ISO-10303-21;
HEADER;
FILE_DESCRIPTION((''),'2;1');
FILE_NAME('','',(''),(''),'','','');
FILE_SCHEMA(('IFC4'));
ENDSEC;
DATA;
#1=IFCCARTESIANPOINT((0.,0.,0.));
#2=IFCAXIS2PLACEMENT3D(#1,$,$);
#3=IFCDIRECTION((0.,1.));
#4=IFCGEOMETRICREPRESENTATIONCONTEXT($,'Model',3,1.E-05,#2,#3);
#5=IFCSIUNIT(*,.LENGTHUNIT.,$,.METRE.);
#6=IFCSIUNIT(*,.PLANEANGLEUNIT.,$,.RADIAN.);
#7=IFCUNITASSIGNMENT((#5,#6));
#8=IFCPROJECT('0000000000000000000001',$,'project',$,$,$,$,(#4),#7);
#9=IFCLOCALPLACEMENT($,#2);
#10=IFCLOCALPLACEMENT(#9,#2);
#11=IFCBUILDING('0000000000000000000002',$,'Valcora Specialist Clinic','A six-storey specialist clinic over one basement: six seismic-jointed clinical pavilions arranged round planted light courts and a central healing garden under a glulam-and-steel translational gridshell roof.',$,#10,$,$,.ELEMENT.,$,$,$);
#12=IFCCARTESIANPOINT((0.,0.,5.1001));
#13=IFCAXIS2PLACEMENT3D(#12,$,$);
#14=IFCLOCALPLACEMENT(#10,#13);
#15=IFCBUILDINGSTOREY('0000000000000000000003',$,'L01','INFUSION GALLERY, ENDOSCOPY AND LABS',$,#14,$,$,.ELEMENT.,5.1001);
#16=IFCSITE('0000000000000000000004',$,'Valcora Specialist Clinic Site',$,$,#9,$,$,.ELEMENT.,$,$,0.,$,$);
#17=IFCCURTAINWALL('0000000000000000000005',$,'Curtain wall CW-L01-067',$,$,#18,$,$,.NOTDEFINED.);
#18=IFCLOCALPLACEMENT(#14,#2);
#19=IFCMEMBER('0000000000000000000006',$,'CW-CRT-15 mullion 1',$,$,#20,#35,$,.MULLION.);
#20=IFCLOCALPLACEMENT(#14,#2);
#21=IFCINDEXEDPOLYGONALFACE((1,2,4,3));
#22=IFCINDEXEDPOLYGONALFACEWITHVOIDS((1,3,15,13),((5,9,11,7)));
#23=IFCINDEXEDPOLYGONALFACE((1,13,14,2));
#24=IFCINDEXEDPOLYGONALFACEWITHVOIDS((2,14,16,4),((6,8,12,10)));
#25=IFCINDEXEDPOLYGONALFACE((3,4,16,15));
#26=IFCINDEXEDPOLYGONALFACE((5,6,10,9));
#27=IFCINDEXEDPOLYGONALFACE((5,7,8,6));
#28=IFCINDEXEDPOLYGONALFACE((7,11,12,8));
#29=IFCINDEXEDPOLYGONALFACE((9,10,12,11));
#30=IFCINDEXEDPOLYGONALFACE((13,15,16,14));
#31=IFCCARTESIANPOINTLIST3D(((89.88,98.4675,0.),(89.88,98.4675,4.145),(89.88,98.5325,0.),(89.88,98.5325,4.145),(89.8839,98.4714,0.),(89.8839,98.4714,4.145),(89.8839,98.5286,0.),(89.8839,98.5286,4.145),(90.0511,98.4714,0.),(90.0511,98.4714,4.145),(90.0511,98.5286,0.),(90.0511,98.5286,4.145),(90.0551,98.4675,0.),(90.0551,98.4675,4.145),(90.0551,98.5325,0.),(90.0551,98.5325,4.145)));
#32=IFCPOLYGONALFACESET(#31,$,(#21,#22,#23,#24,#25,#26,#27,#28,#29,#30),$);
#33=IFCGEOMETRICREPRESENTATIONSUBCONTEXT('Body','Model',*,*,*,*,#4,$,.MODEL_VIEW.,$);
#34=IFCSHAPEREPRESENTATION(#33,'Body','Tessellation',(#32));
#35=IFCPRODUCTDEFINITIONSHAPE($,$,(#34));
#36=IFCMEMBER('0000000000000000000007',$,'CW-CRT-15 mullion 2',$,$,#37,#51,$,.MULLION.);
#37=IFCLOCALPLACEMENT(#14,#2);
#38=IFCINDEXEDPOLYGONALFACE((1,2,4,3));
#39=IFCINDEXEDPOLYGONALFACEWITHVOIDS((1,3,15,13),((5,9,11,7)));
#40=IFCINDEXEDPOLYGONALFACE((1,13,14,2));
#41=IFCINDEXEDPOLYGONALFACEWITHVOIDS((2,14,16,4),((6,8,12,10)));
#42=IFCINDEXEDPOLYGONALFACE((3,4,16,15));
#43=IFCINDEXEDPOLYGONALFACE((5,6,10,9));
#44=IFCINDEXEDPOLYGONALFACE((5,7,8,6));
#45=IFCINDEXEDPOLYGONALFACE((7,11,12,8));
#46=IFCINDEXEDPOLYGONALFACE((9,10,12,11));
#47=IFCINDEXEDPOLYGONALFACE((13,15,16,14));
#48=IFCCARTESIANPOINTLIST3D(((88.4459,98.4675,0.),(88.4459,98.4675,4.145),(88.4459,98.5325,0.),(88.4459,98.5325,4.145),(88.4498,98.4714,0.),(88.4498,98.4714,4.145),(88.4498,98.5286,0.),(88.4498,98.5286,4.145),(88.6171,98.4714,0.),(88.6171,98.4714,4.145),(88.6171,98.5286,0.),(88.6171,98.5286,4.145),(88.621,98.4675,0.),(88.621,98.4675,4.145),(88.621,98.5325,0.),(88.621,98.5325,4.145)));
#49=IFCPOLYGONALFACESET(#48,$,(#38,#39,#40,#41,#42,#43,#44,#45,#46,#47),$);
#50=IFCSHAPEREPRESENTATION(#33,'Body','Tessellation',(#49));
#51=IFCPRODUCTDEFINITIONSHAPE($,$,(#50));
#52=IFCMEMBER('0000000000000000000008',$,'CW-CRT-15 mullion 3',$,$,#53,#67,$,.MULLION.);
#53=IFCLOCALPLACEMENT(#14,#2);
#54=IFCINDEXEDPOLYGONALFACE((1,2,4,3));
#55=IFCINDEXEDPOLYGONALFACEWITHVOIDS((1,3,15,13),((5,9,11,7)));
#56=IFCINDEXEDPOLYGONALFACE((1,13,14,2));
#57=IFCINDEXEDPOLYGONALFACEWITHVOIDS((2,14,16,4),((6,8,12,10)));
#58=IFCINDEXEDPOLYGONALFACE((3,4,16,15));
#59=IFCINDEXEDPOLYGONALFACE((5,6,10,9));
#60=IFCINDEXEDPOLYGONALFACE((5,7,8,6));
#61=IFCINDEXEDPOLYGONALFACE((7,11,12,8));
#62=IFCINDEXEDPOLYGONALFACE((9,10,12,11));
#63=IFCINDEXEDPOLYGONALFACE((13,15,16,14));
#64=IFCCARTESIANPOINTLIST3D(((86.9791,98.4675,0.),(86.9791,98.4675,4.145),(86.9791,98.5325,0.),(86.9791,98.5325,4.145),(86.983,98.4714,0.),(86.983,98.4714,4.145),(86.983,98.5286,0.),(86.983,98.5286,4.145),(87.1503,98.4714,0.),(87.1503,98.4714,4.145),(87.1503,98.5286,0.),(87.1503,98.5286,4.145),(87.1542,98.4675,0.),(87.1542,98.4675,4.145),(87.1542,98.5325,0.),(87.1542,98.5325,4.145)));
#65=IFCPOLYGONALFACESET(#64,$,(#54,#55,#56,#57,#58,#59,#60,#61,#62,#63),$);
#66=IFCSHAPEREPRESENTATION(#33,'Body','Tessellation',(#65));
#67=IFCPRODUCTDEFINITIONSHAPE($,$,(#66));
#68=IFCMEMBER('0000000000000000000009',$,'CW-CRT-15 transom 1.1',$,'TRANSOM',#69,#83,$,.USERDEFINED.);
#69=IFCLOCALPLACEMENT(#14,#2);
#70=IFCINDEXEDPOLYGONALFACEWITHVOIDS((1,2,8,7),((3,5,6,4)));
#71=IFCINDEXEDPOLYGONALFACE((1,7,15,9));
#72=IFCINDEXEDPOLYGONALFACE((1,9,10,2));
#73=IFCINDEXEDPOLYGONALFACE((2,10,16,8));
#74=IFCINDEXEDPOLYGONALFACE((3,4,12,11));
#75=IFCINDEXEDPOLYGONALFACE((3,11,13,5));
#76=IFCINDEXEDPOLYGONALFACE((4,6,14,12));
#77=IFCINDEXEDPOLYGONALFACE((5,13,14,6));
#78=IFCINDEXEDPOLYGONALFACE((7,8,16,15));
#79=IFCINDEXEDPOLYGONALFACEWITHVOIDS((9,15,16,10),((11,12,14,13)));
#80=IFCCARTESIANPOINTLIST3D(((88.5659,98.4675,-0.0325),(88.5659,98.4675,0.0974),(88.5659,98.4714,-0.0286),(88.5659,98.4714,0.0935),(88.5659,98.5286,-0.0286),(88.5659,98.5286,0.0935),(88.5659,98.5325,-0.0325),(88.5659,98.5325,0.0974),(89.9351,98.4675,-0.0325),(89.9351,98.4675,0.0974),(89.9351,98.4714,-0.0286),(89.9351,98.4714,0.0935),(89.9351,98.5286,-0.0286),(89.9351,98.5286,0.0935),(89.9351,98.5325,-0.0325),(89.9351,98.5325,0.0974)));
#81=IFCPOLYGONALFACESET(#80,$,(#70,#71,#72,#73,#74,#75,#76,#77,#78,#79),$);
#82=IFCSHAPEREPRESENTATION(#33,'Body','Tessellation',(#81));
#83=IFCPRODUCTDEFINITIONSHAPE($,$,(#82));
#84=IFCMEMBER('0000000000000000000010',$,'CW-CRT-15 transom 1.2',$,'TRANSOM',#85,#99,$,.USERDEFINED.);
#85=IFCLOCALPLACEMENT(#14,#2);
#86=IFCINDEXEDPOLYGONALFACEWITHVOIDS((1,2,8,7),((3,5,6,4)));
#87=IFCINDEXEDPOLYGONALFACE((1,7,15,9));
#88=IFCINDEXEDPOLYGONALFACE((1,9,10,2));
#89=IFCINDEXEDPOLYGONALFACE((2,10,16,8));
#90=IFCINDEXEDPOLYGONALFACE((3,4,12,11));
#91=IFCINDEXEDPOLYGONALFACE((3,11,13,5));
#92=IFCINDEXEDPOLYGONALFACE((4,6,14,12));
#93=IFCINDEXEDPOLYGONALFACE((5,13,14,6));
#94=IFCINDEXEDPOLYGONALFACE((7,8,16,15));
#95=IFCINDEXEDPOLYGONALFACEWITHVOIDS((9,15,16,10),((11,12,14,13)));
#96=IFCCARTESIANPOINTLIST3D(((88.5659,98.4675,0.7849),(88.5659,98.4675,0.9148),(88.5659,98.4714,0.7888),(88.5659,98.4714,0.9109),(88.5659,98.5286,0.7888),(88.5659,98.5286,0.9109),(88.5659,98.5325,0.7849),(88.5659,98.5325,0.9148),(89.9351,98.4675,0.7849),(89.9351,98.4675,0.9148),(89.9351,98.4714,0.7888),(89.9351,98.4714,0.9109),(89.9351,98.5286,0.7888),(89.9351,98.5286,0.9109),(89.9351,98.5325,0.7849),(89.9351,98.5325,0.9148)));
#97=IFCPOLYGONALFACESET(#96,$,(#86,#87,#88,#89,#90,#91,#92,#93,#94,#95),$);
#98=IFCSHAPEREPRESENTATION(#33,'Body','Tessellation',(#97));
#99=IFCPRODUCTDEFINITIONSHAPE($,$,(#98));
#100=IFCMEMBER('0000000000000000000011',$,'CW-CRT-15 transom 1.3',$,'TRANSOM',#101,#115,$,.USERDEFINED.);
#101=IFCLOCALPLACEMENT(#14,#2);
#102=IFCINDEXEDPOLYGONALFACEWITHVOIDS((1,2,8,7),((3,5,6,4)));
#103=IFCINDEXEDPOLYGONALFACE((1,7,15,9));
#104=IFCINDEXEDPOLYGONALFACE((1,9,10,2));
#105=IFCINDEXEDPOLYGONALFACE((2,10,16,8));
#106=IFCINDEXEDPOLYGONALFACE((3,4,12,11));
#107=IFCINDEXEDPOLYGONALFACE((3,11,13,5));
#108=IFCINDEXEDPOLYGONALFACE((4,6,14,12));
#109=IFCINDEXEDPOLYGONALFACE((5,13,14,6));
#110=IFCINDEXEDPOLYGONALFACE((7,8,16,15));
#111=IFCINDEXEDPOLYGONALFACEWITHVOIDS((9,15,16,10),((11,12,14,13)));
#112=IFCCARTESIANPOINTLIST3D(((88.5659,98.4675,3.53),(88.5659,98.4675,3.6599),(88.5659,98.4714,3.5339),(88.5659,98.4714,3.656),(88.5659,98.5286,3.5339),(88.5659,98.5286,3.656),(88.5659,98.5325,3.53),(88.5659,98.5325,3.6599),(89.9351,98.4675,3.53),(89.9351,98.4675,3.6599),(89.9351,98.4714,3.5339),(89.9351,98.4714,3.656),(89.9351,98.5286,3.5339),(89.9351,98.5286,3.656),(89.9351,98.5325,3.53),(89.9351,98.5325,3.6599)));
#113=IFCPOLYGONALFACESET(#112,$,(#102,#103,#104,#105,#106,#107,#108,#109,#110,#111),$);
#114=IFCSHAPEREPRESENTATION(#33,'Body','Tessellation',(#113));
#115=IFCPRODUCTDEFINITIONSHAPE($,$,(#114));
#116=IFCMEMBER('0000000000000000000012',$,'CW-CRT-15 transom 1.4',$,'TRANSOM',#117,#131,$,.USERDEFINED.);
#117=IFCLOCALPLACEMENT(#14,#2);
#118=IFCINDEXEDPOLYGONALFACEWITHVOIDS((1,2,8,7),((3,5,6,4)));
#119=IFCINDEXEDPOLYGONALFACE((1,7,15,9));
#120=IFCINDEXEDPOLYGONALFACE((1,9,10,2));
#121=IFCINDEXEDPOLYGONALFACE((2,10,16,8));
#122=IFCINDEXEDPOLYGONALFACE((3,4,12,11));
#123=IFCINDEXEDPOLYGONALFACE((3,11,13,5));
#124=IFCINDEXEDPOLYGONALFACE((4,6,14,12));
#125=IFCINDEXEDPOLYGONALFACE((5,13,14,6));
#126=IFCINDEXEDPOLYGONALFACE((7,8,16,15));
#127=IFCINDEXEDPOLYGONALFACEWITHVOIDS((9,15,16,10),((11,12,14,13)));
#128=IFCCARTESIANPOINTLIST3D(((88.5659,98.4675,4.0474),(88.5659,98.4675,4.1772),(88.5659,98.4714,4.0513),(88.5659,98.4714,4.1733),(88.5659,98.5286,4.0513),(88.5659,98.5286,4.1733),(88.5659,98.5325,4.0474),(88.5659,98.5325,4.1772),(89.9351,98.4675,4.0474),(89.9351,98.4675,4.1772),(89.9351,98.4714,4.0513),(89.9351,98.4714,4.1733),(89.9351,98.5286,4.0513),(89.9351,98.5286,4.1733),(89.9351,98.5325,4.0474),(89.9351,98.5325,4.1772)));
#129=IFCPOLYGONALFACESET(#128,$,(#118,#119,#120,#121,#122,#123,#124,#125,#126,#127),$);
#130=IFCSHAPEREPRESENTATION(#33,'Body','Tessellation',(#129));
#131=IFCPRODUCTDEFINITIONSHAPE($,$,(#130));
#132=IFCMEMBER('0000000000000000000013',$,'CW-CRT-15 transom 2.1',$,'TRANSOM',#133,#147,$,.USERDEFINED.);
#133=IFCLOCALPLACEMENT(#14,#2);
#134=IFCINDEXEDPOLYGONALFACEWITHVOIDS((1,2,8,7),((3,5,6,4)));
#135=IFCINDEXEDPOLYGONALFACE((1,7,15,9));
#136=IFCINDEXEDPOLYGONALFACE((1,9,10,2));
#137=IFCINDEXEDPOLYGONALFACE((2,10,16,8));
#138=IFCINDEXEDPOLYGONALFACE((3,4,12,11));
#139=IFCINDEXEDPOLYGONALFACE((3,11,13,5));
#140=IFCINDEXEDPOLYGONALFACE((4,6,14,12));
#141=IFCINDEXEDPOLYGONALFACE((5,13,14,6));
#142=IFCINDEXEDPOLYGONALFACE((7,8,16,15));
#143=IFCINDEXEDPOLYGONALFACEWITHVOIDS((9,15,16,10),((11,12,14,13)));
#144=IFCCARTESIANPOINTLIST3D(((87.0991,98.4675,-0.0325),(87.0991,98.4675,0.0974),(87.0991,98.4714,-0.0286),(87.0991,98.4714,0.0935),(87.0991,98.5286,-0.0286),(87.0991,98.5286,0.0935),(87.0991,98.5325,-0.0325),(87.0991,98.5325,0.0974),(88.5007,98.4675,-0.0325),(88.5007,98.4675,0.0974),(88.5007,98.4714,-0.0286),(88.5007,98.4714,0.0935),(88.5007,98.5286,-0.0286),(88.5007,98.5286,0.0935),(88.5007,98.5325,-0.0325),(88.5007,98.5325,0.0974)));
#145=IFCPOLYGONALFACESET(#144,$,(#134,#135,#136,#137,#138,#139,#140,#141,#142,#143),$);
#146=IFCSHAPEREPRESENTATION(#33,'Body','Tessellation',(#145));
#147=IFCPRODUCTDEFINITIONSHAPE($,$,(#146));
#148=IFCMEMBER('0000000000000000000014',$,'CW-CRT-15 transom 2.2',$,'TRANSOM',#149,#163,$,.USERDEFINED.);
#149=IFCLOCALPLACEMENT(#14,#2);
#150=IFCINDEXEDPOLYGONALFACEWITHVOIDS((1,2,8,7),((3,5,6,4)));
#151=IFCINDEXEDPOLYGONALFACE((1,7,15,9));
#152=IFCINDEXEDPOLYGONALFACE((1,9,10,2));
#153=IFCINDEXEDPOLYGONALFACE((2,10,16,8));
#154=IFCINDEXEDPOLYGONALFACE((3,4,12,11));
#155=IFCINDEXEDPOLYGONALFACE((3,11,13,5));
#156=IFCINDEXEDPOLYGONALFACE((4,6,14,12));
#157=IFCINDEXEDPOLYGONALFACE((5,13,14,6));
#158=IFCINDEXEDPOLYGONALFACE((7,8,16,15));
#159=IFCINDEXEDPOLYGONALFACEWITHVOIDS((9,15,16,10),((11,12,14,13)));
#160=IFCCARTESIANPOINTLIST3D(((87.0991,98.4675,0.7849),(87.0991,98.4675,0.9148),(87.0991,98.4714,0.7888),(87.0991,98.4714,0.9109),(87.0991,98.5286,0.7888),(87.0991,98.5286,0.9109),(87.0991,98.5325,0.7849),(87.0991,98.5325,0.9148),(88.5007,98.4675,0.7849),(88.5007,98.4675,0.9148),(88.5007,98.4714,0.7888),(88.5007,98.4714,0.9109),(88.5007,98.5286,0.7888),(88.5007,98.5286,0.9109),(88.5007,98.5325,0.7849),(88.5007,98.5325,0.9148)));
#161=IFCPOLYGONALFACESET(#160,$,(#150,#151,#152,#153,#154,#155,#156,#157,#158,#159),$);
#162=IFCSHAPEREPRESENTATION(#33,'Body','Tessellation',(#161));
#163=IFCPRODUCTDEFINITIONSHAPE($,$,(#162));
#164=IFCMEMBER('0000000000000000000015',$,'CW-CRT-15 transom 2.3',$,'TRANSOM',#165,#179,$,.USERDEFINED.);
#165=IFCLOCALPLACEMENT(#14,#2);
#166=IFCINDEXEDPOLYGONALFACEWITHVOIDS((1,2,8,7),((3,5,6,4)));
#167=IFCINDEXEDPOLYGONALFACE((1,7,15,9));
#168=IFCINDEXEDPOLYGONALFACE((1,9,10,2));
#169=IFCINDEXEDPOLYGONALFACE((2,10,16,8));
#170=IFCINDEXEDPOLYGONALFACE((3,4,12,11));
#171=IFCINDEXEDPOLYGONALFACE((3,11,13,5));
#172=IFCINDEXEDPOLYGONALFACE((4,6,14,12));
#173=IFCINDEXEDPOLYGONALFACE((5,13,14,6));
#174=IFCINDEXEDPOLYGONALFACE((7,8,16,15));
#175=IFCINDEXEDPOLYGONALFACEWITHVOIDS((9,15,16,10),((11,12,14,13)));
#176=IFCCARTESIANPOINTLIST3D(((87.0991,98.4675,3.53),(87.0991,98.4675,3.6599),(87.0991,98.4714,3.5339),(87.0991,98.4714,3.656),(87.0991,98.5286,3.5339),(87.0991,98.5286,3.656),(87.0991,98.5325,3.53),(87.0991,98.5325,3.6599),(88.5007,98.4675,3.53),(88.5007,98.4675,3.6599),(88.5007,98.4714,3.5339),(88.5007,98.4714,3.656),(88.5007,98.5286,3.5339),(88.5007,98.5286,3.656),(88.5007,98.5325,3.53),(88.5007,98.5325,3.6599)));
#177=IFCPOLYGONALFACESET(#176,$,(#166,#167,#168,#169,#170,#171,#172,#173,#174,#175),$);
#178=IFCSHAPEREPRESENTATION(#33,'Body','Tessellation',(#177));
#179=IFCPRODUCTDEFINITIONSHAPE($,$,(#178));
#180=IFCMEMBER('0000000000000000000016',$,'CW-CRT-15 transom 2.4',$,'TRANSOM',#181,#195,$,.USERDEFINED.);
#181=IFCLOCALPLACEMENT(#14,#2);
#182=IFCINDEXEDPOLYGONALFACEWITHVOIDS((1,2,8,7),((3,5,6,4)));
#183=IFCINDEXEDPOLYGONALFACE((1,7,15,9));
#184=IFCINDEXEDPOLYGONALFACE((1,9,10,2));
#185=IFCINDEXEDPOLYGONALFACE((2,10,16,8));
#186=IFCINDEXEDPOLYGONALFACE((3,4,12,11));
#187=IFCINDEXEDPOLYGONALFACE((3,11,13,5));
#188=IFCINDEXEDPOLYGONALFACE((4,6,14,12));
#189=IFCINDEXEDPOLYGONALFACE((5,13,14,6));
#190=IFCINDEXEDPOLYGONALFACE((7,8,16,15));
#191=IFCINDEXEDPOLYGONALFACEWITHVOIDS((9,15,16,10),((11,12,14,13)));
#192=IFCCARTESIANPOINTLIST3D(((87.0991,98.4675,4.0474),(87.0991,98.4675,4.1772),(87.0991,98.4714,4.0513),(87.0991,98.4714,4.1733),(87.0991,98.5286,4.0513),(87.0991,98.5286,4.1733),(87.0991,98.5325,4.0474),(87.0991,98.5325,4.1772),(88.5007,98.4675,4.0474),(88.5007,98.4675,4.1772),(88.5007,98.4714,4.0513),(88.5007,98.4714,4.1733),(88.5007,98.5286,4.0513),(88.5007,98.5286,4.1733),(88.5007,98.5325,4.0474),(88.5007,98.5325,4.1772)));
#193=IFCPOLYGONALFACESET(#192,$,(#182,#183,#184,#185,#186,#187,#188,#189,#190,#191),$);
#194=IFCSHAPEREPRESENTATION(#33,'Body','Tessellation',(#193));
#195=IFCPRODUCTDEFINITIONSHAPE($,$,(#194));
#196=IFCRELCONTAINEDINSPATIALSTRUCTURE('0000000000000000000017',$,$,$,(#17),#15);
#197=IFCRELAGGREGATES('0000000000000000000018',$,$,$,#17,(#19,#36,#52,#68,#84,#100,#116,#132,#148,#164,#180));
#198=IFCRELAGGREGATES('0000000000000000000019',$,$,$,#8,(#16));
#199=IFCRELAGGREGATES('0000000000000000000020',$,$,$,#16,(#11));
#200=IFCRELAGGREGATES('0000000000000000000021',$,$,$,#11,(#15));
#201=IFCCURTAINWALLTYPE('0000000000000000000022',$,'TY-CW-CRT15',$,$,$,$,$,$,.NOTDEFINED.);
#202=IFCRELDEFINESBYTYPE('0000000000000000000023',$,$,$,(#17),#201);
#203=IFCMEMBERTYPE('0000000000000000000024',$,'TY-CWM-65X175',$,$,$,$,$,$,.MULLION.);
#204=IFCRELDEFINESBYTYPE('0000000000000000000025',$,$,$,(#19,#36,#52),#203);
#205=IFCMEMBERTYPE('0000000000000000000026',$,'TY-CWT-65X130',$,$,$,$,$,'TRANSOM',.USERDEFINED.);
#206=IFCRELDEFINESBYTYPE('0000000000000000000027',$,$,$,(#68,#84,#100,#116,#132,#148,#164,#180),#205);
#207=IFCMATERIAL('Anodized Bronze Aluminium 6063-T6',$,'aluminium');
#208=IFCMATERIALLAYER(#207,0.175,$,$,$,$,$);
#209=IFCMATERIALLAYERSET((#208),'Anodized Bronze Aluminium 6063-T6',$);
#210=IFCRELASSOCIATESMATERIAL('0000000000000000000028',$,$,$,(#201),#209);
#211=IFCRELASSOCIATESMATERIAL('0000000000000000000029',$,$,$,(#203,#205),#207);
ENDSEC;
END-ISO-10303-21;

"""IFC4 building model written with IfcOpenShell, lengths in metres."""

from ifc_helpers import new_model, si_unit, direction, frame, origin, origin_2d, place, context, subcontext, project, spatial, hollow_rectangle, extrude, material, layer, layer_set, material_profile, profile_set, type_object, element, aggregate, save


model = new_model("IFC4")

# Units and contexts
model_context = context("Model", 3, precision=1e-05, world=origin(), true_north=direction((0.0, 1.0)))
body_context = subcontext(model_context, "Body", "Model", "MODEL_VIEW")
ifc_project = project(units=[si_unit("LENGTHUNIT", "METRE"), si_unit("PLANEANGLEUNIT", "RADIAN")], contexts=[model_context])

# Site, building, storey
site_placement = place(None, origin())
site = spatial("IfcSite", under=ifc_project, at=site_placement, Name="Valcora Specialist Clinic Site", CompositionType="ELEMENT", RefElevation=0.0)
building_placement = place(site_placement, origin())
building = spatial("IfcBuilding", under=site, at=building_placement, Name="Valcora Specialist Clinic", Description="A six-storey specialist clinic over one basement: six seismic-jointed clinical pavilions arranged round planted light courts and a central healing garden under a glulam-and-steel translational gridshell roof.", CompositionType="ELEMENT")
storey_placement = place(building_placement, frame((0.0, 0.0, 5.1001)))
storey = spatial("IfcBuildingStorey", under=building, at=storey_placement, Name="L01", Description="INFUSION GALLERY, ENDOSCOPY AND LABS", CompositionType="ELEMENT", Elevation=5.1001)

# Curtain wall, members
ifc_material_1 = material(Name="Anodized Bronze Aluminium 6063-T6", Category="aluminium")
ifc_layer_1 = layer(ifc_material_1, 0.175)
ifc_layer_set_1 = layer_set([ifc_layer_1], Name="Anodized Bronze Aluminium 6063-T6")
curtain_wall_type = type_object("IfcCurtainWallType", Name="TY-CW-CRT15", PredefinedType="NOTDEFINED", material=ifc_layer_set_1)
curtain_wall_placement = place(storey_placement, origin())
curtain_wall = element("IfcCurtainWall", 1, at=curtain_wall_placement, inside=storey, type_object=curtain_wall_type, Name="Curtain wall CW-L01-067", PredefinedType="NOTDEFINED")
ifc_material_profile_1 = material_profile(ifc_material_1, hollow_rectangle(XDim=0.0649, YDim=0.175, WallThickness=0.0039, at=origin_2d()), Name="AL-MUL-65X175")
ifc_profile_set_1 = profile_set([ifc_material_profile_1], Name="Anodized Bronze Aluminium 6063-T6")
member_type_1 = type_object("IfcMemberType", Name="TY-CWM-65X175", PredefinedType="MULLION", material=ifc_profile_set_1)
member_1_placement = place(storey_placement, frame((89.9675, 98.5, 0.0), z_axis=(0.0, 0.0, 1.0), x_axis=(0.0, -1.0, 0.0)))
member_1 = element("IfcMember", 2, at=member_1_placement, type_object=member_type_1, Name="CW-CRT-15 mullion 1", PredefinedType="MULLION", context=body_context, shape_type="SweptSolid", body=[
    extrude(hollow_rectangle(XDim=0.0649, YDim=0.175, WallThickness=0.0039, at=origin_2d()), origin(), (0.0, 0.0, 1.0), 4.145),
])
member_2_placement = place(storey_placement, frame((88.5334, 98.5, 0.0), z_axis=(0.0, 0.0, 1.0), x_axis=(0.0, -1.0, 0.0)))
member_2 = element("IfcMember", 3, at=member_2_placement, type_object=member_type_1, Name="CW-CRT-15 mullion 2", PredefinedType="MULLION", context=body_context, shape_type="SweptSolid", body=[
    extrude(hollow_rectangle(XDim=0.0649, YDim=0.175, WallThickness=0.0039, at=origin_2d()), origin(), (0.0, 0.0, 1.0), 4.145),
])
member_3_placement = place(storey_placement, frame((87.0667, 98.5, 0.0), z_axis=(0.0, 0.0, 1.0), x_axis=(0.0, -1.0, 0.0)))
member_3 = element("IfcMember", 4, at=member_3_placement, type_object=member_type_1, Name="CW-CRT-15 mullion 3", PredefinedType="MULLION", context=body_context, shape_type="SweptSolid", body=[
    extrude(hollow_rectangle(XDim=0.0649, YDim=0.175, WallThickness=0.0039, at=origin_2d()), origin(), (0.0, 0.0, 1.0), 4.145),
])
ifc_material_profile_2 = material_profile(ifc_material_1, hollow_rectangle(XDim=0.0649, YDim=0.1299, WallThickness=0.0039, at=origin_2d()), Name="AL-TRN-65X130")
ifc_profile_set_2 = profile_set([ifc_material_profile_2], Name="Anodized Bronze Aluminium 6063-T6")
member_type_2 = type_object("IfcMemberType", Name="TY-CWT-65X130", ElementType="TRANSOM", PredefinedType="USERDEFINED", material=ifc_profile_set_2)
member_4_placement = place(storey_placement, frame((89.9351, 98.5, 0.0325), z_axis=(-1.0, 0.0, 0.0), x_axis=(0.0, -1.0, 0.0)))
member_4 = element("IfcMember", 5, at=member_4_placement, type_object=member_type_2, Name="CW-CRT-15 transom 1.1", ObjectType="TRANSOM", PredefinedType="USERDEFINED", context=body_context, shape_type="SweptSolid", body=[
    extrude(hollow_rectangle(XDim=0.0649, YDim=0.1299, WallThickness=0.0039, at=origin_2d()), origin(), (0.0, 0.0, 1.0), 1.3691),
])
member_5_placement = place(storey_placement, frame((89.9351, 98.5, 0.8499), z_axis=(-1.0, 0.0, 0.0), x_axis=(0.0, -1.0, 0.0)))
member_5 = element("IfcMember", 6, at=member_5_placement, type_object=member_type_2, Name="CW-CRT-15 transom 1.2", ObjectType="TRANSOM", PredefinedType="USERDEFINED", context=body_context, shape_type="SweptSolid", body=[
    extrude(hollow_rectangle(XDim=0.0649, YDim=0.1299, WallThickness=0.0039, at=origin_2d()), origin(), (0.0, 0.0, 1.0), 1.3691),
])
member_6_placement = place(storey_placement, frame((89.9351, 98.5, 3.595), z_axis=(-1.0, 0.0, 0.0), x_axis=(0.0, -1.0, 0.0)))
member_6 = element("IfcMember", 7, at=member_6_placement, type_object=member_type_2, Name="CW-CRT-15 transom 1.3", ObjectType="TRANSOM", PredefinedType="USERDEFINED", context=body_context, shape_type="SweptSolid", body=[
    extrude(hollow_rectangle(XDim=0.0649, YDim=0.1299, WallThickness=0.0039, at=origin_2d()), origin(), (0.0, 0.0, 1.0), 1.3691),
])
member_7_placement = place(storey_placement, frame((89.9351, 98.5, 4.1123), z_axis=(-1.0, 0.0, 0.0), x_axis=(0.0, -1.0, 0.0)))
member_7 = element("IfcMember", 8, at=member_7_placement, type_object=member_type_2, Name="CW-CRT-15 transom 1.4", ObjectType="TRANSOM", PredefinedType="USERDEFINED", context=body_context, shape_type="SweptSolid", body=[
    extrude(hollow_rectangle(XDim=0.0649, YDim=0.1299, WallThickness=0.0039, at=origin_2d()), origin(), (0.0, 0.0, 1.0), 1.3691),
])
member_8_placement = place(storey_placement, frame((88.5007, 98.5, 0.0325), z_axis=(-1.0, 0.0, 0.0), x_axis=(0.0, -1.0, 0.0)))
member_8 = element("IfcMember", 9, at=member_8_placement, type_object=member_type_2, Name="CW-CRT-15 transom 2.1", ObjectType="TRANSOM", PredefinedType="USERDEFINED", context=body_context, shape_type="SweptSolid", body=[
    extrude(hollow_rectangle(XDim=0.0649, YDim=0.1299, WallThickness=0.0039, at=origin_2d()), origin(), (0.0, 0.0, 1.0), 1.4016),
])
member_9_placement = place(storey_placement, frame((88.5007, 98.5, 0.8499), z_axis=(-1.0, 0.0, 0.0), x_axis=(0.0, -1.0, 0.0)))
member_9 = element("IfcMember", 10, at=member_9_placement, type_object=member_type_2, Name="CW-CRT-15 transom 2.2", ObjectType="TRANSOM", PredefinedType="USERDEFINED", context=body_context, shape_type="SweptSolid", body=[
    extrude(hollow_rectangle(XDim=0.0649, YDim=0.1299, WallThickness=0.0039, at=origin_2d()), origin(), (0.0, 0.0, 1.0), 1.4016),
])
member_10_placement = place(storey_placement, frame((88.5007, 98.5, 3.595), z_axis=(-1.0, 0.0, 0.0), x_axis=(0.0, -1.0, 0.0)))
member_10 = element("IfcMember", 11, at=member_10_placement, type_object=member_type_2, Name="CW-CRT-15 transom 2.3", ObjectType="TRANSOM", PredefinedType="USERDEFINED", context=body_context, shape_type="SweptSolid", body=[
    extrude(hollow_rectangle(XDim=0.0649, YDim=0.1299, WallThickness=0.0039, at=origin_2d()), origin(), (0.0, 0.0, 1.0), 1.4016),
])
member_11_placement = place(storey_placement, frame((88.5007, 98.5, 4.1123), z_axis=(-1.0, 0.0, 0.0), x_axis=(0.0, -1.0, 0.0)))
member_11 = element("IfcMember", 12, at=member_11_placement, type_object=member_type_2, Name="CW-CRT-15 transom 2.4", ObjectType="TRANSOM", PredefinedType="USERDEFINED", context=body_context, shape_type="SweptSolid", body=[
    extrude(hollow_rectangle(XDim=0.0649, YDim=0.1299, WallThickness=0.0039, at=origin_2d()), origin(), (0.0, 0.0, 1.0), 1.4016),
])
aggregate(curtain_wall, [member_1, member_2, member_3, member_4, member_5, member_6, member_7, member_8, member_9, member_10, member_11])

save(model, "model.ifc")
